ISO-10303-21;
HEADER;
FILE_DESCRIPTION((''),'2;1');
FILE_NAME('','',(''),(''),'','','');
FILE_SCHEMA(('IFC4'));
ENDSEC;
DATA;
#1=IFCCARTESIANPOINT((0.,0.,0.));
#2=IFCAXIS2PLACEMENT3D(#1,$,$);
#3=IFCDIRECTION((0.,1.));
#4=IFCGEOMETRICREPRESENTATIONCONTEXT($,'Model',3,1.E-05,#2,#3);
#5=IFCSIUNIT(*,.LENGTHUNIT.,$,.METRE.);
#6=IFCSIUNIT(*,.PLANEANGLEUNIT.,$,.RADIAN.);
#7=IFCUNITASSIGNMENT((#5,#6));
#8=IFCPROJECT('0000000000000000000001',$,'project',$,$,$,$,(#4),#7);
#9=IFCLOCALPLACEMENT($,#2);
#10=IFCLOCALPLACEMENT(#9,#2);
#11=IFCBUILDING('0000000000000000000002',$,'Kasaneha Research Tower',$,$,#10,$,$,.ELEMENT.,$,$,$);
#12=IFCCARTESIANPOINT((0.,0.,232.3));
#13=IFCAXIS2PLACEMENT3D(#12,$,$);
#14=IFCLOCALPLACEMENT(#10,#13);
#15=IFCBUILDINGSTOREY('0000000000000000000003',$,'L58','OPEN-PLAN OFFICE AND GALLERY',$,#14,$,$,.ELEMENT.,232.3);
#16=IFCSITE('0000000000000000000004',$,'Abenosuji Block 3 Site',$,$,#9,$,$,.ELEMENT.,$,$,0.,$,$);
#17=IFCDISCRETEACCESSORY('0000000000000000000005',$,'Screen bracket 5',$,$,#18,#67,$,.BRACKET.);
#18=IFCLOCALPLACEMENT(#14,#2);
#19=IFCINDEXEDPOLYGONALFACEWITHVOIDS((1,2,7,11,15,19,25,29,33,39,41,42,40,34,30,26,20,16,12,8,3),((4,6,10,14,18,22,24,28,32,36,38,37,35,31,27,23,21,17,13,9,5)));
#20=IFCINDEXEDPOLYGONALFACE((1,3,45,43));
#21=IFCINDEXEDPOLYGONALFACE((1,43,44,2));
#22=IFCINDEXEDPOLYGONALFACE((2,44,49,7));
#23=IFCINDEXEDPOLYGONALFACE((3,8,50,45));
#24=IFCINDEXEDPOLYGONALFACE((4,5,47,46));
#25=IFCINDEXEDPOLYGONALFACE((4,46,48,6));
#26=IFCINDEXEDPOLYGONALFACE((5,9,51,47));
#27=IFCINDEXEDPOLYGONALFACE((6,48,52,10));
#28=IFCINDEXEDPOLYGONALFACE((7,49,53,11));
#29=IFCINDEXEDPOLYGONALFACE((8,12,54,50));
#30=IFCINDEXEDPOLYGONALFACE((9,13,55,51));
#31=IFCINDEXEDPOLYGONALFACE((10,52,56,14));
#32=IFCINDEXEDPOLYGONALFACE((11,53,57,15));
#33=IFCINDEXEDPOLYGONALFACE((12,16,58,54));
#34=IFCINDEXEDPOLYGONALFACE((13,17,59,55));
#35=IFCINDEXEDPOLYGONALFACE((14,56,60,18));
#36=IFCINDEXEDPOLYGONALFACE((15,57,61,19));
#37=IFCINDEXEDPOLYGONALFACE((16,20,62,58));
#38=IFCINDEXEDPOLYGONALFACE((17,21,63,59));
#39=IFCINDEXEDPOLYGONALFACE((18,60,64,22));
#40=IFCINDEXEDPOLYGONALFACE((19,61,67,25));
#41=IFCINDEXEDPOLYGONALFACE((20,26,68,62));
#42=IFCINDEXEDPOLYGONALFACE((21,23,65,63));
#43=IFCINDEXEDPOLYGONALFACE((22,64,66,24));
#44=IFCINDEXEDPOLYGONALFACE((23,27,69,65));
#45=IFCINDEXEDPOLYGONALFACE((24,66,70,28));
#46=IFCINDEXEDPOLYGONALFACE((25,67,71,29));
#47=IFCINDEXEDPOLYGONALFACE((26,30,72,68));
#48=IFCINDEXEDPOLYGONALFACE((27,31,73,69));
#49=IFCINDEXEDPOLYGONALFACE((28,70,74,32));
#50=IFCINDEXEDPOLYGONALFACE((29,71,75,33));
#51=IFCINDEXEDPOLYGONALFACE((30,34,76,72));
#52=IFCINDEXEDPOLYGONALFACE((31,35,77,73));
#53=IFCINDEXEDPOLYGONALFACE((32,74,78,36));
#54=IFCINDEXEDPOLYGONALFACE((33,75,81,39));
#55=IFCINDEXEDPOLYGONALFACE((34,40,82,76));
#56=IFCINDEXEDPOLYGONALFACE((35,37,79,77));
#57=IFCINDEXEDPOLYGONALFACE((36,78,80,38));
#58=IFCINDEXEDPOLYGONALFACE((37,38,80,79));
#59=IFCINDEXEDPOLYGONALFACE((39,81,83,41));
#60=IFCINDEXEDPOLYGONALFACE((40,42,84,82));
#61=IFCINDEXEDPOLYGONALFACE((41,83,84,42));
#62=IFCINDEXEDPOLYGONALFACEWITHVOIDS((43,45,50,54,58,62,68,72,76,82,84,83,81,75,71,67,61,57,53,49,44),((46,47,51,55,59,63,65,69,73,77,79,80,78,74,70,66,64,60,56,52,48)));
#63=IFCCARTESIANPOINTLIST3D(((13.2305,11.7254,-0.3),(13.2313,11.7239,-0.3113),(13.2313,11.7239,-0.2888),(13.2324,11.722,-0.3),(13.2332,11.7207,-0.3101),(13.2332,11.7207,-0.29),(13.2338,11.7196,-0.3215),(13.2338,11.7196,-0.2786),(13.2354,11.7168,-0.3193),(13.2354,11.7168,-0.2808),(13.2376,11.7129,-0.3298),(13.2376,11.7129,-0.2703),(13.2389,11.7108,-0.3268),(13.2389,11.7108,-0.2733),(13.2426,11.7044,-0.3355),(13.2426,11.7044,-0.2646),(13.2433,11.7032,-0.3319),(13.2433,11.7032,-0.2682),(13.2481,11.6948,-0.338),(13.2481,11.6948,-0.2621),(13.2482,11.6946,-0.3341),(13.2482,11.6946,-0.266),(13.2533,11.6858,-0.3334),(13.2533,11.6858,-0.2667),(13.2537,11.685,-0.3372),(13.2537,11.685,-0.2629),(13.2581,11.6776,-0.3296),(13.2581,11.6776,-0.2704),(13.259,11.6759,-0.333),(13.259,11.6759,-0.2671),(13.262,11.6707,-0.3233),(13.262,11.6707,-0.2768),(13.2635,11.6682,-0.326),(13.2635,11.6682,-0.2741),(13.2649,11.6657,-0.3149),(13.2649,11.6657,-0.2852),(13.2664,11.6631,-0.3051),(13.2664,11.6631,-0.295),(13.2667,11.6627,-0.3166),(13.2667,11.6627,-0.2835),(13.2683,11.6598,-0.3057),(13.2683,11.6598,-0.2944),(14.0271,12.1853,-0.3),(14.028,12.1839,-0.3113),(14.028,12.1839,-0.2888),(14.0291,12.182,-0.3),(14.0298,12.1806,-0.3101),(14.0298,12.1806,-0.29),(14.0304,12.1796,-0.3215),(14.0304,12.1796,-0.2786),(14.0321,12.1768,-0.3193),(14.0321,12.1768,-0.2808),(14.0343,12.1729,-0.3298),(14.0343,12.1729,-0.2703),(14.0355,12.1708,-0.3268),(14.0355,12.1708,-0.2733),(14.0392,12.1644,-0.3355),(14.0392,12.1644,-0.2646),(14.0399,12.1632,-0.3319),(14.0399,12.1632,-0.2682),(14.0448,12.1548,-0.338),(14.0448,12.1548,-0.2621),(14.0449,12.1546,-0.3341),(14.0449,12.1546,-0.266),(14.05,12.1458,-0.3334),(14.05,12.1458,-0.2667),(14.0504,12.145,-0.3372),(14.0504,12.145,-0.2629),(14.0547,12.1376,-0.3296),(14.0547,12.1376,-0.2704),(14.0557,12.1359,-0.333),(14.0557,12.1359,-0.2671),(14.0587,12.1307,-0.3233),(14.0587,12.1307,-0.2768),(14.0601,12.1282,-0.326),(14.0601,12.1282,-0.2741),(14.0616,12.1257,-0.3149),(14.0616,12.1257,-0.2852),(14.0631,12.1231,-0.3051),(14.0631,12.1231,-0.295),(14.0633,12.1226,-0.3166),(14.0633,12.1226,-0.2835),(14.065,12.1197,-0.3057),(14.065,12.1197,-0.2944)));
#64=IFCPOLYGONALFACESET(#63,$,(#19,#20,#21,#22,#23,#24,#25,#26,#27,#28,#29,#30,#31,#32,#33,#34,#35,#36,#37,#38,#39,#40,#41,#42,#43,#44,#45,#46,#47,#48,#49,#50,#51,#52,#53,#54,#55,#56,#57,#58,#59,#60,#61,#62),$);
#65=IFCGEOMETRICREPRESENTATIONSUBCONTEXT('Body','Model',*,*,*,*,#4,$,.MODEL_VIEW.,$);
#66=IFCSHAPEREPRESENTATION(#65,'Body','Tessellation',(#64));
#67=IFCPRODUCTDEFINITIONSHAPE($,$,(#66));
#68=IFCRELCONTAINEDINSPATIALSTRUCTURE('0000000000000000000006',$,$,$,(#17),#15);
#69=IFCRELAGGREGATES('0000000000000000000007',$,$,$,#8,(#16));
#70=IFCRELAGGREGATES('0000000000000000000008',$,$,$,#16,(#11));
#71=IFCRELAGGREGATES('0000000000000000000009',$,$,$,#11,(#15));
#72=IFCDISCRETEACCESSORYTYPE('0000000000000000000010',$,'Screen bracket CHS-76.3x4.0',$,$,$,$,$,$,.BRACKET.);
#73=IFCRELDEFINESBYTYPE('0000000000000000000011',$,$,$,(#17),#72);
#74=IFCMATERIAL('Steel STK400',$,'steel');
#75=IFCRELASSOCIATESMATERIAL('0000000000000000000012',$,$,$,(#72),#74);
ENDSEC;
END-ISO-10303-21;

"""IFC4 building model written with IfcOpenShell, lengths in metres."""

from ifc_helpers import new_model, si_unit, direction, frame, origin, origin_2d, place, context, subcontext, project, spatial, hollow_circle, extrude, material, material_profile, profile_set, type_object, element, save


model = new_model("IFC4")

# Units and contexts
model_context = context("Model", 3, precision=1e-05, world=origin(), true_north=direction((0.0, 1.0)))
body_context = subcontext(model_context, "Body", "Model", "MODEL_VIEW")
ifc_project = project(units=[si_unit("LENGTHUNIT", "METRE"), si_unit("PLANEANGLEUNIT", "RADIAN")], contexts=[model_context])

# Site, building, storey
site_placement = place(None, origin())
site = spatial("IfcSite", under=ifc_project, at=site_placement, Name="Abenosuji Block 3 Site", CompositionType="ELEMENT", RefElevation=0.0)
building_placement = place(site_placement, origin())
building = spatial("IfcBuilding", under=site, at=building_placement, Name="Kasaneha Research Tower", CompositionType="ELEMENT")
storey_placement = place(building_placement, frame((0.0, 0.0, 232.3)))
storey = spatial("IfcBuildingStorey", under=building, at=storey_placement, Name="L58", Description="OPEN-PLAN OFFICE AND GALLERY", CompositionType="ELEMENT", Elevation=232.3)

# Discrete accessory
ifc_material_1 = material(Name="Steel STK400", Category="steel")
ifc_material_profile_1 = material_profile(ifc_material_1, hollow_circle(Radius=0.0381, WallThickness=0.0039, at=origin_2d()), Name="CHS-76.3x4.0")
ifc_profile_set_1 = profile_set([ifc_material_profile_1], Name="Steel STK400")
discrete_accessory_type = type_object("IfcDiscreteAccessoryType", Name="Screen bracket CHS-76.3x4.0", PredefinedType="BRACKET", material=ifc_profile_set_1)
for number, where, z_axis, x_axis, name in (
    (1, (13.2495, 11.6924, -0.3), (0.866013, 0.500021, 0.0), (-0.500021, 0.866013, 0.0), "Screen bracket 5"),
):
    element("IfcDiscreteAccessory", number, at=place(storey_placement, frame(where, z_axis=z_axis, x_axis=x_axis)), inside=storey, type_object=discrete_accessory_type, Name=name, PredefinedType="BRACKET", context=body_context, shape_type="SweptSolid", body=[
        extrude(hollow_circle(Radius=0.0381, WallThickness=0.0039, at=origin_2d()), origin(), (0.0, 0.0, 1.0), 0.9199),
    ])

save(model, "model.ifc")
